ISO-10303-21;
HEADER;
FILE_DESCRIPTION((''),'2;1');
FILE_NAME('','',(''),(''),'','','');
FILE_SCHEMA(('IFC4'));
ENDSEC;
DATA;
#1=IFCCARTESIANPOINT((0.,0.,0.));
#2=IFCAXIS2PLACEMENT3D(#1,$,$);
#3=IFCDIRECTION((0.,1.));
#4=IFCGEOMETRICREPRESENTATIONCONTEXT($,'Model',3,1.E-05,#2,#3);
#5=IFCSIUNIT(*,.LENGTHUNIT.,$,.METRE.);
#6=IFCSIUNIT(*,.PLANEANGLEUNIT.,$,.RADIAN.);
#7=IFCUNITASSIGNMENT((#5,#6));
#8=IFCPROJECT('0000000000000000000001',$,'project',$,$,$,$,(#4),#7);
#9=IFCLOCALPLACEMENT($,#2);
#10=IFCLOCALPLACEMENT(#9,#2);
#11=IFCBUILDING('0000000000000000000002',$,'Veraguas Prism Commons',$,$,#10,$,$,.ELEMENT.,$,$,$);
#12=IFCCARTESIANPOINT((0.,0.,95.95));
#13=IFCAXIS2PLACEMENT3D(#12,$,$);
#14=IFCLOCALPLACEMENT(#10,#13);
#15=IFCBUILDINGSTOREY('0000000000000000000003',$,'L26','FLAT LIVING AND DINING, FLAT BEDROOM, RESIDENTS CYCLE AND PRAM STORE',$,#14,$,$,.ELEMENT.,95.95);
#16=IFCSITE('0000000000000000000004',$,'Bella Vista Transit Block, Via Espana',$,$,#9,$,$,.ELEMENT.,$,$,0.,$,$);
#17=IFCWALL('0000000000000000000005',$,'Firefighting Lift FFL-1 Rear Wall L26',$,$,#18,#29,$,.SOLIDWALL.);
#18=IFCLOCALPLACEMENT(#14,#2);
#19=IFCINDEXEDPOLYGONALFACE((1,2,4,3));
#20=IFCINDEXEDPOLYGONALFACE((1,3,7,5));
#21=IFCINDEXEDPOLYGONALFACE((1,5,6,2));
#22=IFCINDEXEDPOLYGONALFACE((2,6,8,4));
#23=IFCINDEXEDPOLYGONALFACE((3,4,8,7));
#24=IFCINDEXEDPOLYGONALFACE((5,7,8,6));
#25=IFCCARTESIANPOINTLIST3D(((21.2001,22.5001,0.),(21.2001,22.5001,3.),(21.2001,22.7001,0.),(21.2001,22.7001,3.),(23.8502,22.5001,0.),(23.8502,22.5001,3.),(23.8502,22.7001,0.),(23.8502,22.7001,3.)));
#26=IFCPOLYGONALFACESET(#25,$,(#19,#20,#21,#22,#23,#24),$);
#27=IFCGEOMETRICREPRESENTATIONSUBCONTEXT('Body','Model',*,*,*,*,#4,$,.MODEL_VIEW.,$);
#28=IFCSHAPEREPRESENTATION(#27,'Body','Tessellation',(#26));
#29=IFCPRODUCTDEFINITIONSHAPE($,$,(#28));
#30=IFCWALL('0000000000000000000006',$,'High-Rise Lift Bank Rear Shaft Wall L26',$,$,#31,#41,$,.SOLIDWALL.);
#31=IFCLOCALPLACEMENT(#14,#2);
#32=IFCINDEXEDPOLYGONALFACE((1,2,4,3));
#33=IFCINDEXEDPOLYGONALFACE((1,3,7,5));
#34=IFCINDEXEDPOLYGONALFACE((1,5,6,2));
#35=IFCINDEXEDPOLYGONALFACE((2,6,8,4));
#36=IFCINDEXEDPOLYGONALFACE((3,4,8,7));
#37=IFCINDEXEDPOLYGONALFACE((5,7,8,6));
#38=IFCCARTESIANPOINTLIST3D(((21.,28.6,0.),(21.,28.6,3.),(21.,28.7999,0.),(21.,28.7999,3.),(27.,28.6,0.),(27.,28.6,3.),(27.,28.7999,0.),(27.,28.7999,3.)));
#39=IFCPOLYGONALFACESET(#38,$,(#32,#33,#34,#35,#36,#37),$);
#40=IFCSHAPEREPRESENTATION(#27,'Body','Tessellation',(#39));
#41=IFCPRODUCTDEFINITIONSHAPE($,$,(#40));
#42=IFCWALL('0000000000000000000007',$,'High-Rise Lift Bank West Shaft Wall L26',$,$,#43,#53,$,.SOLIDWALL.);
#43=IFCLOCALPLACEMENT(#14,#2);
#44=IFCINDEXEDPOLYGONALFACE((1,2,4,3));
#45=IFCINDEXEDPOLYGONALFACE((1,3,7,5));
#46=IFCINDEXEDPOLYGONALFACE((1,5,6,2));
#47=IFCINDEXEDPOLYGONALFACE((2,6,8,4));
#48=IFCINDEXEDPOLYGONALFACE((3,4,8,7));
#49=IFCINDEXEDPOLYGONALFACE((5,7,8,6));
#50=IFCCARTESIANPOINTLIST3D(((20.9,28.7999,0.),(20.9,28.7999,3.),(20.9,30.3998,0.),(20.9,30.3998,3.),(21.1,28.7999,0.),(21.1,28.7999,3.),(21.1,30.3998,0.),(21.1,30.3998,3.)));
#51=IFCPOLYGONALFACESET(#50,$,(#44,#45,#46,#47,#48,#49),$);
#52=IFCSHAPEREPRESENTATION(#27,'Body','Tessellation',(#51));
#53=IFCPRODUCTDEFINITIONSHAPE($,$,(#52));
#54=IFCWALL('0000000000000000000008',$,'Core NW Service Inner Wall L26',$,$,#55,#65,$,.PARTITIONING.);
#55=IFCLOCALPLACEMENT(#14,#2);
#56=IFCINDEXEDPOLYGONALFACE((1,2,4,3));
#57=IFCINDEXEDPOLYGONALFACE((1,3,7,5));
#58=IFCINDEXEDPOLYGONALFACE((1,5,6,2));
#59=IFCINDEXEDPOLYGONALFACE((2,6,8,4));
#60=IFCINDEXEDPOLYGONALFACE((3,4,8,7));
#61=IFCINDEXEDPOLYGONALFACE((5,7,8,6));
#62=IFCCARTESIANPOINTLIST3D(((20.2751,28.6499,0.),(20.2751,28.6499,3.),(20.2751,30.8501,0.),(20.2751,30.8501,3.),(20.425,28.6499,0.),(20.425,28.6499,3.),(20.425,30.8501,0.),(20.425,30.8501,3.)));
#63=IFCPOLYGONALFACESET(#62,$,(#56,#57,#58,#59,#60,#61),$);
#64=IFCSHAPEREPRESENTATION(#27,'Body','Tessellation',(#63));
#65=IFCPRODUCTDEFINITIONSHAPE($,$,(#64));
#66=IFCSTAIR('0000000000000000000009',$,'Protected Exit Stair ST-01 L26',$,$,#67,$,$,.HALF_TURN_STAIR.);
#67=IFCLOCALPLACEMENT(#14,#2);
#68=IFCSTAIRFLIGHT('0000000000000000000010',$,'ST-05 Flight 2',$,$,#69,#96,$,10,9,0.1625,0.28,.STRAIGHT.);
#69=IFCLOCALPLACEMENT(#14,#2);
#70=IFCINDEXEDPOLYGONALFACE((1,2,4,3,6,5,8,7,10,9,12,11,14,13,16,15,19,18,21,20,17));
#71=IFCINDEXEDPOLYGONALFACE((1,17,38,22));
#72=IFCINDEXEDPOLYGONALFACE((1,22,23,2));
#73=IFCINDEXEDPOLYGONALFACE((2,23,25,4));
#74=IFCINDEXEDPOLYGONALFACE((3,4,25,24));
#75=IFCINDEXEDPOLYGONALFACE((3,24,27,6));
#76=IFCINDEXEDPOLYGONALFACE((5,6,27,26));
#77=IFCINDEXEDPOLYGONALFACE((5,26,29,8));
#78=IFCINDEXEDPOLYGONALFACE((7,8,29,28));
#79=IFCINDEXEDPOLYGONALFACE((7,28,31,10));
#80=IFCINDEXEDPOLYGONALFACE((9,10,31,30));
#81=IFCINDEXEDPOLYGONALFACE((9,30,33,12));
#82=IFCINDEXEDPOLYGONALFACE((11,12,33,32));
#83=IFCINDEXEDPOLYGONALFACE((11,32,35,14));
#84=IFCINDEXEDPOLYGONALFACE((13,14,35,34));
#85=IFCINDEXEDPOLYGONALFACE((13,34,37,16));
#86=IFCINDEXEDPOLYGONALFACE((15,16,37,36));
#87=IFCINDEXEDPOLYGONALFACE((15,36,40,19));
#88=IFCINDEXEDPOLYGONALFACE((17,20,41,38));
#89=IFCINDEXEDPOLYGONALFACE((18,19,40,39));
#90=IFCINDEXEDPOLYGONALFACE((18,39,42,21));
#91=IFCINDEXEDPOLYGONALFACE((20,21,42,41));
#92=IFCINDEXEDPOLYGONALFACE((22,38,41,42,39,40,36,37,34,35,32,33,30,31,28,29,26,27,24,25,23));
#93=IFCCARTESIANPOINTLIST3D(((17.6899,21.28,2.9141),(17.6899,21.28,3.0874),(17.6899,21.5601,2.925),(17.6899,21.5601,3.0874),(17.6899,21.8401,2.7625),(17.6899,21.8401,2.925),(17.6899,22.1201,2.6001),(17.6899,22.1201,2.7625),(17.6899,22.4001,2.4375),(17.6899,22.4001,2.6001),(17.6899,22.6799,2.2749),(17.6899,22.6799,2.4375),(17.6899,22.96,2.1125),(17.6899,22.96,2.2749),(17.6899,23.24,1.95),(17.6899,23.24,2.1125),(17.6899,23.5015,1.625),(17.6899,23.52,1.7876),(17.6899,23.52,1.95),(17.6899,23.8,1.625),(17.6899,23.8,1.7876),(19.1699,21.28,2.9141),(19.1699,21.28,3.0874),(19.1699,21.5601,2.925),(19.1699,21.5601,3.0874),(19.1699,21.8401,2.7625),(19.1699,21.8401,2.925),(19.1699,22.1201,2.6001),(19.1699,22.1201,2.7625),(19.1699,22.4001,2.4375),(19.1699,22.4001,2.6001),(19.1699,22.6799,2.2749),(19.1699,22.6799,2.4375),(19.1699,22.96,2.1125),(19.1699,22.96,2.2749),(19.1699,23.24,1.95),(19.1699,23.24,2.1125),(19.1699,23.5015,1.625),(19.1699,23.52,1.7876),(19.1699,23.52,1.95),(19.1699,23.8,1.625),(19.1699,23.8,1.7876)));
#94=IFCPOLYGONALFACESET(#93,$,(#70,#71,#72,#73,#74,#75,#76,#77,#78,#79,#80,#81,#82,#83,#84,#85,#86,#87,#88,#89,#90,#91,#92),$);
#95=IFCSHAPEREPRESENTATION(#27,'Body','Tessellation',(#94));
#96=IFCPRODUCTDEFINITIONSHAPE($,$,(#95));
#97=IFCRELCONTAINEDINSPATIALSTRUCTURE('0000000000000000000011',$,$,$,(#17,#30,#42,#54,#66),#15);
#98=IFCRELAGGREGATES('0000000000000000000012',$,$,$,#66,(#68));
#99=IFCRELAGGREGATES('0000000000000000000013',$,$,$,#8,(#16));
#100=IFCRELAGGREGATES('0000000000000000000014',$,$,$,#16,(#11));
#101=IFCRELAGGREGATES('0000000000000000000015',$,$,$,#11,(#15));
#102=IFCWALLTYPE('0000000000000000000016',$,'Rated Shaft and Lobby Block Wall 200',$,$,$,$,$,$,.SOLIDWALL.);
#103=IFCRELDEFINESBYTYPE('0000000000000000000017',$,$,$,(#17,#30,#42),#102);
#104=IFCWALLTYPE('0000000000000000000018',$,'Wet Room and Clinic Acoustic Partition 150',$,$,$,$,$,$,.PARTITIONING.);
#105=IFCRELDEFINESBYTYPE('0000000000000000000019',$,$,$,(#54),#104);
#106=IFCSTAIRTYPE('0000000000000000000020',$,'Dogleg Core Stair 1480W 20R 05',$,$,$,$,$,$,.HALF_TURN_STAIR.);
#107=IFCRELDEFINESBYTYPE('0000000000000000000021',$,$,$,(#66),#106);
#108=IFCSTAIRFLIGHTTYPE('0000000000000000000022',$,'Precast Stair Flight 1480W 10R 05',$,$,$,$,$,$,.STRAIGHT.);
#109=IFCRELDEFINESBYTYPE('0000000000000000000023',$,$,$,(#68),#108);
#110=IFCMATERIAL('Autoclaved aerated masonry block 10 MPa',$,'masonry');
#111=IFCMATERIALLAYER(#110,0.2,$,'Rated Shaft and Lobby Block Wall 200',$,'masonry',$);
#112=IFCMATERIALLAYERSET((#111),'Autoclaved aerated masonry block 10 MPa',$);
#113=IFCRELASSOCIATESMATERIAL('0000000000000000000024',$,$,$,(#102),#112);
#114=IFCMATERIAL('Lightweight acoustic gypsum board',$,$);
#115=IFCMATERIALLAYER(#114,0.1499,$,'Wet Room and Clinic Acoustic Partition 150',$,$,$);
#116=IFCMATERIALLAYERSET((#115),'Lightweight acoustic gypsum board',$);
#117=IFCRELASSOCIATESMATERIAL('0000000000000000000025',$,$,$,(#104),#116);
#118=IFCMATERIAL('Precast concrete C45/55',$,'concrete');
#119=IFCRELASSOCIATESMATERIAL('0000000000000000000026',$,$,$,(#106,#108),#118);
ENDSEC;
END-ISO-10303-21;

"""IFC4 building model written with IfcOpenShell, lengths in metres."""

from ifc_helpers import new_model, si_unit, direction, frame, frame_2d, origin, place, context, subcontext, project, spatial, polyline, rectangle, outline, extrude, material, layer, layer_set, type_object, element, aggregate, save


model = new_model("IFC4")

# Units and contexts
model_context = context("Model", 3, precision=1e-05, world=origin(), true_north=direction((0.0, 1.0)))
body_context = subcontext(model_context, "Body", "Model", "MODEL_VIEW")
ifc_project = project(units=[si_unit("LENGTHUNIT", "METRE"), si_unit("PLANEANGLEUNIT", "RADIAN")], contexts=[model_context])

# Site, building, storey
site_placement = place(None, origin())
site = spatial("IfcSite", under=ifc_project, at=site_placement, Name="Bella Vista Transit Block, Via Espana", CompositionType="ELEMENT", RefElevation=0.0)
building_placement = place(site_placement, origin())
building = spatial("IfcBuilding", under=site, at=building_placement, Name="Veraguas Prism Commons", CompositionType="ELEMENT")
storey_placement = place(building_placement, frame((0.0, 0.0, 95.95)))
storey = spatial("IfcBuildingStorey", under=building, at=storey_placement, Name="L26", Description="FLAT LIVING AND DINING, FLAT BEDROOM, RESIDENTS CYCLE AND PRAM STORE", CompositionType="ELEMENT", Elevation=95.95)

# Shared definitions
ifc_material_1 = material(Name="Autoclaved aerated masonry block 10 MPa", Category="masonry")

# Walls
ifc_material_2 = material(Name="Lightweight acoustic gypsum board")
ifc_layer_1 = layer(ifc_material_1, 0.2, Name="Rated Shaft and Lobby Block Wall 200", Category="masonry")
ifc_layer_set_1 = layer_set([ifc_layer_1], Name="Autoclaved aerated masonry block 10 MPa")
wall_type_1 = type_object("IfcWallType", Name="Rated Shaft and Lobby Block Wall 200", PredefinedType="SOLIDWALL", material=ifc_layer_set_1)
wall_1_placement = place(storey_placement, frame((21.2, 22.6001, 0.0), z_axis=(0.0, 0.0, 1.0), x_axis=(1.0, 0.0, 0.0)))
element("IfcWall", 1, at=wall_1_placement, inside=storey, type_object=wall_type_1, Name="Firefighting Lift FFL-1 Rear Wall L26", PredefinedType="SOLIDWALL", context=body_context, shape_type="SweptSolid", body=[
    extrude(rectangle(XDim=2.6501, YDim=0.2, at=frame_2d((1.3252, 0.0))), origin(), (0.0, 0.0, 1.0), 3.0),
])
wall_2_placement = place(storey_placement, frame((21.0, 28.7, 0.0), z_axis=(0.0, 0.0, 1.0), x_axis=(1.0, 0.0, 0.0)))
element("IfcWall", 2, at=wall_2_placement, inside=storey, type_object=wall_type_1, Name="High-Rise Lift Bank Rear Shaft Wall L26", PredefinedType="SOLIDWALL", context=body_context, shape_type="SweptSolid", body=[
    extrude(rectangle(XDim=6.0, YDim=0.2, at=frame_2d((3.0, 0.0))), origin(), (0.0, 0.0, 1.0), 3.0),
])
wall_3_placement = place(storey_placement, frame((21.0, 28.8, 0.0), z_axis=(0.0, 0.0, 1.0), x_axis=(0.0, 1.0, 0.0)))
element("IfcWall", 3, at=wall_3_placement, inside=storey, type_object=wall_type_1, Name="High-Rise Lift Bank West Shaft Wall L26", PredefinedType="SOLIDWALL", context=body_context, shape_type="SweptSolid", body=[
    extrude(rectangle(XDim=1.5999, YDim=0.2, at=frame_2d((0.7998, 0.0))), origin(), (0.0, 0.0, 1.0), 3.0),
])
ifc_layer_2 = layer(ifc_material_2, 0.1499, Name="Wet Room and Clinic Acoustic Partition 150")
ifc_layer_set_2 = layer_set([ifc_layer_2], Name="Lightweight acoustic gypsum board")
wall_type_2 = type_object("IfcWallType", Name="Wet Room and Clinic Acoustic Partition 150", PredefinedType="PARTITIONING", material=ifc_layer_set_2)
wall_4_placement = place(storey_placement, frame((20.3501, 28.6499, 0.0), z_axis=(0.0, 0.0, 1.0), x_axis=(0.0, 1.0, 0.0)))
element("IfcWall", 4, at=wall_4_placement, inside=storey, type_object=wall_type_2, Name="Core NW Service Inner Wall L26", PredefinedType="PARTITIONING", context=body_context, shape_type="SweptSolid", body=[
    extrude(rectangle(XDim=2.2002, YDim=0.1499, at=frame_2d((1.1001, 0.0))), origin(), (0.0, 0.0, 1.0), 3.0),
])

# Stair, stair flight
ifc_material_3 = material(Name="Precast concrete C45/55", Category="concrete")
stair_type = type_object("IfcStairType", Name="Dogleg Core Stair 1480W 20R 05", PredefinedType="HALF_TURN_STAIR", material=ifc_material_3)
stair_placement = place(storey_placement, origin())
stair = element("IfcStair", 5, at=stair_placement, inside=storey, type_object=stair_type, Name="Protected Exit Stair ST-01 L26", PredefinedType="HALF_TURN_STAIR")
stair_flight_type = type_object("IfcStairFlightType", Name="Precast Stair Flight 1480W 10R 05", PredefinedType="STRAIGHT", material=ifc_material_3)
stair_flight_placement = place(storey_placement, frame((18.4299, 23.8, 1.625), z_axis=(0.0, 0.0, 1.0), x_axis=(0.0, -1.0, 0.0)))
stair_flight = element("IfcStairFlight", 6, at=stair_flight_placement, type_object=stair_flight_type, Name="ST-05 Flight 2", NumberOfRisers=10, NumberOfTreads=9, PredefinedType="STRAIGHT", RiserHeight=0.1625, TreadLength=0.28, context=body_context, shape_type="SweptSolid", body=[
    extrude(outline(polyline([(0.0, 0.0), (0.0, 0.1626), (0.28, 0.1626), (0.28, 0.325), (0.5601, 0.325), (0.5601, 0.4875), (0.8401, 0.4875), (0.8401, 0.6499), (1.1201, 0.6499), (1.1201, 0.8125), (1.3999, 0.8125), (1.3999, 0.9751), (1.6799, 0.9751), (1.6799, 1.1375), (1.96, 1.1375), (1.96, 1.3), (2.24, 1.3), (2.24, 1.4624), (2.52, 1.4624), (2.52, 1.625), (2.52, 1.2891), (0.2986, 0.0), (0.0, 0.0)])), frame((0.0, 0.74, 0.0), z_axis=(0.0, -1.0, 0.0), x_axis=(1.0, 0.0, 0.0)), (0.0, 0.0, 1.0), 1.48),
])
aggregate(stair, [stair_flight])

save(model, "model.ifc")
